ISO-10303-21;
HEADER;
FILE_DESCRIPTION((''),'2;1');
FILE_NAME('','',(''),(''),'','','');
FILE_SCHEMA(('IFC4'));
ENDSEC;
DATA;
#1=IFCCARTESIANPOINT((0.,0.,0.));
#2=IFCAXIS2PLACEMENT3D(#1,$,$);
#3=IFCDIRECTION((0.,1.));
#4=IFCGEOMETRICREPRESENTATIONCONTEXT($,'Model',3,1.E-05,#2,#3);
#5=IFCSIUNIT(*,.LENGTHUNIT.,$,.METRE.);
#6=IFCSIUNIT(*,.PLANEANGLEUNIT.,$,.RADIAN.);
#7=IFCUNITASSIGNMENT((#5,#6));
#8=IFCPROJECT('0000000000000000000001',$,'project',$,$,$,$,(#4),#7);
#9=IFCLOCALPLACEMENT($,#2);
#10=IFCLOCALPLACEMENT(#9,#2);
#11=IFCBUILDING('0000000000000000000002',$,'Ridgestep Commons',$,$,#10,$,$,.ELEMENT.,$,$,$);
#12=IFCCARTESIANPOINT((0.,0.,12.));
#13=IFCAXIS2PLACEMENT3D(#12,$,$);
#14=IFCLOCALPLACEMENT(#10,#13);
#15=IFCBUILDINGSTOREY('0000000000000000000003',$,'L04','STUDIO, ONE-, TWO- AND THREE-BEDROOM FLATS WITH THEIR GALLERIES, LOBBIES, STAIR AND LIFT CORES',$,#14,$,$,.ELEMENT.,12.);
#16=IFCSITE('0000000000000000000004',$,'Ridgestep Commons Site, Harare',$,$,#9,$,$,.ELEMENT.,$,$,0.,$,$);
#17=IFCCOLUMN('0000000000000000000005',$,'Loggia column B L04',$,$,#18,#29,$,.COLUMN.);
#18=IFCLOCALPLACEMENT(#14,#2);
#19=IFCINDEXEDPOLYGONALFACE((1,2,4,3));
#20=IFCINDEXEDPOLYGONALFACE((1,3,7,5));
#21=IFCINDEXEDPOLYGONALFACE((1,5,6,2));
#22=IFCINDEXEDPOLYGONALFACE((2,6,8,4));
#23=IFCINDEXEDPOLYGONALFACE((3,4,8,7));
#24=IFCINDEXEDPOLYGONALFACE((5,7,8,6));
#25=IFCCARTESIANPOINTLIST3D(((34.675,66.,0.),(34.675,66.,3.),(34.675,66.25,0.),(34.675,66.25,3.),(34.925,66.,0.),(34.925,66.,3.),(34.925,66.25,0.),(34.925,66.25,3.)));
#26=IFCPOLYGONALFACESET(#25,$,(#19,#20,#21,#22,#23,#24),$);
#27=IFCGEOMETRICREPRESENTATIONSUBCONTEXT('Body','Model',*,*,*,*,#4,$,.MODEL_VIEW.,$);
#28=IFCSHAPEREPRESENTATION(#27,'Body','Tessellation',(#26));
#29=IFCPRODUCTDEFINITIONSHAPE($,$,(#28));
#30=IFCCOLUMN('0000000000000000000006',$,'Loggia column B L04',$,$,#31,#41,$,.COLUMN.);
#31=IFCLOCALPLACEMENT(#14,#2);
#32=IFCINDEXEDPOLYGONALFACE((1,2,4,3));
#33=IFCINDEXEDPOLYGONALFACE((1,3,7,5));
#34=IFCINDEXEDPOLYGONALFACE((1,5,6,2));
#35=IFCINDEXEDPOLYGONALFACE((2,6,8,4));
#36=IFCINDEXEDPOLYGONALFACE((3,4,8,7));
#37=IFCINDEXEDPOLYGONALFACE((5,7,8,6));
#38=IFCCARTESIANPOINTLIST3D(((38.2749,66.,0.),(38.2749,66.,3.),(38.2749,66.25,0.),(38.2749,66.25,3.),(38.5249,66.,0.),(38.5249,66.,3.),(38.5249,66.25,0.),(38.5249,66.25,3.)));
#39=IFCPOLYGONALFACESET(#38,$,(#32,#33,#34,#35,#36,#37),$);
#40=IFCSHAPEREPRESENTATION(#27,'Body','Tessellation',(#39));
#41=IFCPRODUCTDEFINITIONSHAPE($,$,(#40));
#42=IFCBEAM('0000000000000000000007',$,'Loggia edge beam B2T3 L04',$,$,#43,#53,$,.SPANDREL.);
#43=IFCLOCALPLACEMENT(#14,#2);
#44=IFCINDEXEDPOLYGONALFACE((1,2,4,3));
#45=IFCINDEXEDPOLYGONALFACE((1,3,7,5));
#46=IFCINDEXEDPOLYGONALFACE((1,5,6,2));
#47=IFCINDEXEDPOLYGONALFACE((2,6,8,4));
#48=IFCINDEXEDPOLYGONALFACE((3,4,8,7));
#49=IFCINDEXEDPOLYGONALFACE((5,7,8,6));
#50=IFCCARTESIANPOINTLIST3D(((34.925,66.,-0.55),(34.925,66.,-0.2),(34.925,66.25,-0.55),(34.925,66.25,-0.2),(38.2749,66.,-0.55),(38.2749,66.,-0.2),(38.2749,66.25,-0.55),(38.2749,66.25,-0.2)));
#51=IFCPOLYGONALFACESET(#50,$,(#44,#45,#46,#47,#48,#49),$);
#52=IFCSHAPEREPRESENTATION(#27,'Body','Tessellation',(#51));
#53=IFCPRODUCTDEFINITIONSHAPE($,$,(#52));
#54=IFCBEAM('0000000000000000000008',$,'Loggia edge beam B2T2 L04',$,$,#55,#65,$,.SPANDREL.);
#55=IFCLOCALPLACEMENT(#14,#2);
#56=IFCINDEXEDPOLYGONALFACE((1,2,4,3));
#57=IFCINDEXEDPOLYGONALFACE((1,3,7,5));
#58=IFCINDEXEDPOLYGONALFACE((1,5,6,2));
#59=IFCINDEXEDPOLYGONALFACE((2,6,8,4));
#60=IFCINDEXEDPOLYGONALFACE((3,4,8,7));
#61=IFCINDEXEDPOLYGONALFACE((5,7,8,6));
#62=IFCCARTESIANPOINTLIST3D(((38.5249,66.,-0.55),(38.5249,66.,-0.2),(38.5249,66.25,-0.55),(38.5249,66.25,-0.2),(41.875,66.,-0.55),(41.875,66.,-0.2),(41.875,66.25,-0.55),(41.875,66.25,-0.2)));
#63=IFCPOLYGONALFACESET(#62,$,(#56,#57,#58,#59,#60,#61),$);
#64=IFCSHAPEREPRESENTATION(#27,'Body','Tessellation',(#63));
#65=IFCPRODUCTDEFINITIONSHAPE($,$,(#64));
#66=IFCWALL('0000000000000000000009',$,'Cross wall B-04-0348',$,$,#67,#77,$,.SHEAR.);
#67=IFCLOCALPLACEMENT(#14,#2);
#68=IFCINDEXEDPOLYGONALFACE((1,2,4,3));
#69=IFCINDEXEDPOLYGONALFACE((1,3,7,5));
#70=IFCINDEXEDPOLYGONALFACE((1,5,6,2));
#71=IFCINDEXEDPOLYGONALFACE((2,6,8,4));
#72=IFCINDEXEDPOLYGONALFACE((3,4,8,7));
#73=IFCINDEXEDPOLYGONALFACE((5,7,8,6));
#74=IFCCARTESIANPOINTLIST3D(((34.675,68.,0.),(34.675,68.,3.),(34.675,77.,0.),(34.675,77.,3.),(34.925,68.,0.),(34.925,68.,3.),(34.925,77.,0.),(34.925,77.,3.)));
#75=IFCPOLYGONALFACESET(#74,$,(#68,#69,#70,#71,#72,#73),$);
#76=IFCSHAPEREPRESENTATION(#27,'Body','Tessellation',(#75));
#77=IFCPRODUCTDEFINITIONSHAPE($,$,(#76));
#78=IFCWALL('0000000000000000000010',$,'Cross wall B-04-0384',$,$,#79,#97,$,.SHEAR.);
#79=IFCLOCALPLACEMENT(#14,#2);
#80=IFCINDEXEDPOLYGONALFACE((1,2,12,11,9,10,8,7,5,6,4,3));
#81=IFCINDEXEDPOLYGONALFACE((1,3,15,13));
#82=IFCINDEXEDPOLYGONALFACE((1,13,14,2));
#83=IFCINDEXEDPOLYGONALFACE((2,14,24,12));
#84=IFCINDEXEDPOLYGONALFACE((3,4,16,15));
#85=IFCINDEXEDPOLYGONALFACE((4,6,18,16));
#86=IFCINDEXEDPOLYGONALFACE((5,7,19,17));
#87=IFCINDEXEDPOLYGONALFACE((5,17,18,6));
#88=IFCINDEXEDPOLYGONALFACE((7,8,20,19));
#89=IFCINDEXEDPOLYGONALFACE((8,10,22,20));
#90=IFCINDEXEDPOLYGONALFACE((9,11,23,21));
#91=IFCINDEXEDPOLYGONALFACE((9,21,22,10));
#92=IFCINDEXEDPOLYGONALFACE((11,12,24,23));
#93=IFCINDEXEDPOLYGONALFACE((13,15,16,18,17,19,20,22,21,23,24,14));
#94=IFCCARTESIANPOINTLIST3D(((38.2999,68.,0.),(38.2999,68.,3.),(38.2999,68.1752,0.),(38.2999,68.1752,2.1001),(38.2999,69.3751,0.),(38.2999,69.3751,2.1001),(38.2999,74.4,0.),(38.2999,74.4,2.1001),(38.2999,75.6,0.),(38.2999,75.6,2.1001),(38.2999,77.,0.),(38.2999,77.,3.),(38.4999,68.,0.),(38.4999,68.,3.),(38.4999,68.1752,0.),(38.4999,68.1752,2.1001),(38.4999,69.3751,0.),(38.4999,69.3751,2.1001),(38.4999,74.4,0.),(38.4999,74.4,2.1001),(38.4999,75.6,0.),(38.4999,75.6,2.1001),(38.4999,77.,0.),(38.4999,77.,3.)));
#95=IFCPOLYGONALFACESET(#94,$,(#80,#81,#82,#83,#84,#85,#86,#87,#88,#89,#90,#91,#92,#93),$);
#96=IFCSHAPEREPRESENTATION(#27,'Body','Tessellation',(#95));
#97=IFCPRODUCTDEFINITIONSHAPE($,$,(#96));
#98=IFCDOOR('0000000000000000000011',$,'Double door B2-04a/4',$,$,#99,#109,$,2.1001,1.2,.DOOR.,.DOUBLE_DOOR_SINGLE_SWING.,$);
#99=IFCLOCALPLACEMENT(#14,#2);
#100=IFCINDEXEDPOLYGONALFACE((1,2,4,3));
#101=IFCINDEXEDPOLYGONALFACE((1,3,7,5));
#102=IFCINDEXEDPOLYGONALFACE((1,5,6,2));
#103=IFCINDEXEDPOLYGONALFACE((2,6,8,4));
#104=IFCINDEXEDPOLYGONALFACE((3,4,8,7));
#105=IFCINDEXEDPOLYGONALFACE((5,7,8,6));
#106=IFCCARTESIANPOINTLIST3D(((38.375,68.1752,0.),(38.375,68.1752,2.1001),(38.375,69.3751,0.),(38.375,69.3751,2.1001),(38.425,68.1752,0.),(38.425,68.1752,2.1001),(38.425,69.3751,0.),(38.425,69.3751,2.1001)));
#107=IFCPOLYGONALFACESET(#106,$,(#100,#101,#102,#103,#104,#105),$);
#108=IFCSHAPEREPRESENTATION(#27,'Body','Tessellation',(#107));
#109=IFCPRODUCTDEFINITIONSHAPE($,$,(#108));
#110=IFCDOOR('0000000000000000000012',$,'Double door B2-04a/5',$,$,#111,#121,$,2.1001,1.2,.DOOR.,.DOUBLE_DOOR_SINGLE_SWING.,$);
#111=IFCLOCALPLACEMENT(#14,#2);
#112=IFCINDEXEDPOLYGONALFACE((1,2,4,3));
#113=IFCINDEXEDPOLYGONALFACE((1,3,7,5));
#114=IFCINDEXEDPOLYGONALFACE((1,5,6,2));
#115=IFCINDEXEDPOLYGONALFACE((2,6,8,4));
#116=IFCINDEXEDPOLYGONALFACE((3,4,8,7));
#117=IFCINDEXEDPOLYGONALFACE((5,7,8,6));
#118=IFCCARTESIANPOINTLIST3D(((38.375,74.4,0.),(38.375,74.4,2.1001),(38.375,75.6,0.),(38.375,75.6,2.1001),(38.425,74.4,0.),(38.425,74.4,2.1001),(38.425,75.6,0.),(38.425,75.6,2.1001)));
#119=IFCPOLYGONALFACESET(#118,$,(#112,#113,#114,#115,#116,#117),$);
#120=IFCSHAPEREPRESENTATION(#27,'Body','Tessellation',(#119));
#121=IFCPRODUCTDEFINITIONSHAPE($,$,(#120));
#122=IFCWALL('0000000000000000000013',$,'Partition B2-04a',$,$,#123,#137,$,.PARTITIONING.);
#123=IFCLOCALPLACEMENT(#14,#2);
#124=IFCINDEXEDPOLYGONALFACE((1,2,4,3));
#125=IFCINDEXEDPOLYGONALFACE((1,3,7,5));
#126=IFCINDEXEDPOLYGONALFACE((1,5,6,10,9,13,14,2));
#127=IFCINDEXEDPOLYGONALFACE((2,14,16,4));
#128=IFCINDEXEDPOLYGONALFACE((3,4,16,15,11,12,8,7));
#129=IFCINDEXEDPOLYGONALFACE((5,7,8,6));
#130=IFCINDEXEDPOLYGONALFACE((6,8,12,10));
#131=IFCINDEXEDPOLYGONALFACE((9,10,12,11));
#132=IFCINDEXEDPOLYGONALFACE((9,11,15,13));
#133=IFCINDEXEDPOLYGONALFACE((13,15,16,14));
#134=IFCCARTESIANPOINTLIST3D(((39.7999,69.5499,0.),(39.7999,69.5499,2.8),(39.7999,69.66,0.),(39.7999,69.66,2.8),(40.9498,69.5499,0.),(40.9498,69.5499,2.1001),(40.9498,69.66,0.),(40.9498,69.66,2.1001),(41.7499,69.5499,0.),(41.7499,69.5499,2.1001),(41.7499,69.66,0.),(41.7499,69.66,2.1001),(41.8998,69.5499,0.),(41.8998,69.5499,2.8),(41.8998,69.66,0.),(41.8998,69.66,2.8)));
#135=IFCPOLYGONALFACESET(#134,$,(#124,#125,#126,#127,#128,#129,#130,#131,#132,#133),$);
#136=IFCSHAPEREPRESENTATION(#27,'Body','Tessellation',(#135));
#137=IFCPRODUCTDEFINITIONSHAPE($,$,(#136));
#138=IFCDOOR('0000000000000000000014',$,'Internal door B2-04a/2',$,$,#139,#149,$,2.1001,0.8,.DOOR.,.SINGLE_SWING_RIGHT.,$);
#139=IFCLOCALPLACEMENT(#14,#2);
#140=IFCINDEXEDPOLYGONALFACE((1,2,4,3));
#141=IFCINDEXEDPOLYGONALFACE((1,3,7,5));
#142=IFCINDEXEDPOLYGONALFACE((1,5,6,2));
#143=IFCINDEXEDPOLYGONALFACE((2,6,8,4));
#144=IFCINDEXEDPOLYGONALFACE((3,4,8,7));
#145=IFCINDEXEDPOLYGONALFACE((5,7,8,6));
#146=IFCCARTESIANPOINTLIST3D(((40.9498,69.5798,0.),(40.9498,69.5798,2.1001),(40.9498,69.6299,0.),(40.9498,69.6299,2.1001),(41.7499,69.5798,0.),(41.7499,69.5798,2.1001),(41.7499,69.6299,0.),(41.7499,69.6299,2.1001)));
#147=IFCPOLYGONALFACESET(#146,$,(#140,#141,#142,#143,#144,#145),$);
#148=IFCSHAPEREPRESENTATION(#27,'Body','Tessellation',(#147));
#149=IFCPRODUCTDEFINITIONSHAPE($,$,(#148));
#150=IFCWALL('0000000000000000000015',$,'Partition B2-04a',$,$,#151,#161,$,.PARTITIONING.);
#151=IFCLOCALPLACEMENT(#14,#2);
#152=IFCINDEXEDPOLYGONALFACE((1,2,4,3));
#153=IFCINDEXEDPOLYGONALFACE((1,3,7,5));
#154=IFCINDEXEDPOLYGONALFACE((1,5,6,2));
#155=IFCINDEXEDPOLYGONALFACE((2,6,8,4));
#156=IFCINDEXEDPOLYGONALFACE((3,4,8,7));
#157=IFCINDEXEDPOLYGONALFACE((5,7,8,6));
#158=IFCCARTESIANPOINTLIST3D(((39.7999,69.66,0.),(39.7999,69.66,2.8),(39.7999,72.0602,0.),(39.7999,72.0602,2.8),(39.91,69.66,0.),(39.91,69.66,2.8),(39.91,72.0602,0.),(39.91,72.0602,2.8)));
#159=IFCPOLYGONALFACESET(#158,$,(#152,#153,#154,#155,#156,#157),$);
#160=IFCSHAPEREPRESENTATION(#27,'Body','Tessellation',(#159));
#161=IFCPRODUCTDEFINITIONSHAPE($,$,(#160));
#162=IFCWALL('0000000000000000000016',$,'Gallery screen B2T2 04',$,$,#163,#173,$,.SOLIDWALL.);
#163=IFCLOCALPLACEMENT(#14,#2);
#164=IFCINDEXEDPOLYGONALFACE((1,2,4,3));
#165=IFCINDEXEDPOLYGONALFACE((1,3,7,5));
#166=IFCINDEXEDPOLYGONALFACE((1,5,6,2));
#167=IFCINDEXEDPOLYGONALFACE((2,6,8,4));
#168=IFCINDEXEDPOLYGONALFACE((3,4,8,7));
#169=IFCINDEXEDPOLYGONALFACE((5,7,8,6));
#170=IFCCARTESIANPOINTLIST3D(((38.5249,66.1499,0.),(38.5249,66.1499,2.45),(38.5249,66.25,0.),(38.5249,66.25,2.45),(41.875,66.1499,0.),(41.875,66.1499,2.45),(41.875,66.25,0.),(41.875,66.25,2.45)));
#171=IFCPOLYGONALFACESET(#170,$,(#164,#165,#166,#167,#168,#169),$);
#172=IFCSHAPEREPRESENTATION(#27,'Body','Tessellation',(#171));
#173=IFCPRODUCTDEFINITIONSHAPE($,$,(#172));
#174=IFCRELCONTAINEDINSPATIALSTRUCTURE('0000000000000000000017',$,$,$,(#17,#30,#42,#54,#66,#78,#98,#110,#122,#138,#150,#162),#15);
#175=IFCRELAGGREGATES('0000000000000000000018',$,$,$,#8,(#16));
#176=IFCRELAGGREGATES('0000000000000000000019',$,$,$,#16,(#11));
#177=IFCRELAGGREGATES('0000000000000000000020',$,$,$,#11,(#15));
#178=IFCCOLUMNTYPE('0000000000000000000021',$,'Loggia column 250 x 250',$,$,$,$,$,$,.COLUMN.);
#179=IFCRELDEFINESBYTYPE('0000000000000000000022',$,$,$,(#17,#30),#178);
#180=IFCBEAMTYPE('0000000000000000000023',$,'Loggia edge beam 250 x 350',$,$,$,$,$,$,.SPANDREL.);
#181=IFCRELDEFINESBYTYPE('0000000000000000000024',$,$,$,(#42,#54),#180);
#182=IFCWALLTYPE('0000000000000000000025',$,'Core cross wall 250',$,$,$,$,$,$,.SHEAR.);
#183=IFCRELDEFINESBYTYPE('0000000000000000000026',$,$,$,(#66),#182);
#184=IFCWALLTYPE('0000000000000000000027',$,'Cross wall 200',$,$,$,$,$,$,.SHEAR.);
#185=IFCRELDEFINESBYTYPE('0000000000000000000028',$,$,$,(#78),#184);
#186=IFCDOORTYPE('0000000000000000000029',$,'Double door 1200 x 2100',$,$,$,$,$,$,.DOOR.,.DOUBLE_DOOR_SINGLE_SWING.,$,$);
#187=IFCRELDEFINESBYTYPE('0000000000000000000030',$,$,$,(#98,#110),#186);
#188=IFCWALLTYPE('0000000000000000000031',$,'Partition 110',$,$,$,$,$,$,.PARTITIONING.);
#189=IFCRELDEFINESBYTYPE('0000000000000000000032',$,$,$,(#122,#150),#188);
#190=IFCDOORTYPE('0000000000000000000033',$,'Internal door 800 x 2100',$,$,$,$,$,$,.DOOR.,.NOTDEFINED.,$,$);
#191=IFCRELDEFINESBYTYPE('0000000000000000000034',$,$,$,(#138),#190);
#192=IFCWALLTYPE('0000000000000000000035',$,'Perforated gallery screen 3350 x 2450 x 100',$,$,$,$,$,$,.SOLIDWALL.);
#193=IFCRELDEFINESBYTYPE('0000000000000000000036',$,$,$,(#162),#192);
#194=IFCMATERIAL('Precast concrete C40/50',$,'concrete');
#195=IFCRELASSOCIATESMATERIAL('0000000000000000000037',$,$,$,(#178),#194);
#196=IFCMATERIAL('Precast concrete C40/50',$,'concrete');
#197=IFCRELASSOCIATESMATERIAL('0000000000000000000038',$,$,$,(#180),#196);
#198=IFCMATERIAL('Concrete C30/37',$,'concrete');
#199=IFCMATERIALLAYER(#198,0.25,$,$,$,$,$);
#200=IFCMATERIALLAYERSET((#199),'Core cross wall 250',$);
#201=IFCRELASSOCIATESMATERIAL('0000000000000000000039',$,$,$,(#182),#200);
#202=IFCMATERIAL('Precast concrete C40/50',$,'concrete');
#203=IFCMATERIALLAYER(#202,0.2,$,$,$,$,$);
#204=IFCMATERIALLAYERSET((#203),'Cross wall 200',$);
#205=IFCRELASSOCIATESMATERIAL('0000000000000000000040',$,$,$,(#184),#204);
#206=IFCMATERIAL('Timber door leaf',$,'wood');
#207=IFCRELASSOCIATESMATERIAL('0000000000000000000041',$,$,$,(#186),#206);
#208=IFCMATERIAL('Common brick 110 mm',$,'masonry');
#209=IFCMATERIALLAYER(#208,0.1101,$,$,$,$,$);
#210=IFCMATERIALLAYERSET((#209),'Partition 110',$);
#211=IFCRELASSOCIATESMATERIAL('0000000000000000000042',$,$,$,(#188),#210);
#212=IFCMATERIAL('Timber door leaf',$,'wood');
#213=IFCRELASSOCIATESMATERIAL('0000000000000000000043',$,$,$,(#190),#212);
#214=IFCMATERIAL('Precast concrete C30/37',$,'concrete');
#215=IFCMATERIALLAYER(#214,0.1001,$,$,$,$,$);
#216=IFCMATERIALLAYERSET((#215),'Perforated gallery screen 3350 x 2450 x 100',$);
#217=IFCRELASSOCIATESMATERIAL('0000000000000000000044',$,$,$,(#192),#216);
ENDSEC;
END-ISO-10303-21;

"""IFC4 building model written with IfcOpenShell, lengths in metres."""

from ifc_helpers import new_model, si_unit, direction, frame, frame_2d, origin, origin_2d, place, context, subcontext, project, spatial, rectangle, extrude, material, layer, layer_set, material_profile, profile_set, type_object, element, fill, save


model = new_model("IFC4")

# Units and contexts
model_context = context("Model", 3, precision=1e-05, world=origin(), true_north=direction((0.0, 1.0)))
body_context = subcontext(model_context, "Body", "Model", "MODEL_VIEW")
ifc_project = project(units=[si_unit("LENGTHUNIT", "METRE"), si_unit("PLANEANGLEUNIT", "RADIAN")], contexts=[model_context])

# Site, building, storey
site_placement = place(None, origin())
site = spatial("IfcSite", under=ifc_project, at=site_placement, Name="Ridgestep Commons Site, Harare", CompositionType="ELEMENT", RefElevation=0.0)
building_placement = place(site_placement, origin())
building = spatial("IfcBuilding", under=site, at=building_placement, Name="Ridgestep Commons", CompositionType="ELEMENT")
storey_placement = place(building_placement, frame((0.0, 0.0, 12.0)))
storey = spatial("IfcBuildingStorey", under=building, at=storey_placement, Name="L04", Description="STUDIO, ONE-, TWO- AND THREE-BEDROOM FLATS WITH THEIR GALLERIES, LOBBIES, STAIR AND LIFT CORES", CompositionType="ELEMENT", Elevation=12.0)

# Columns
ifc_material_1 = material(Name="Precast concrete C40/50", Category="concrete")
ifc_material_profile_1 = material_profile(ifc_material_1, rectangle(XDim=0.25, YDim=0.25, at=origin_2d()), Name="PC 250x250")
ifc_profile_set_1 = profile_set([ifc_material_profile_1], Name="Precast concrete C40/50")
column_type = type_object("IfcColumnType", Name="Loggia column 250 x 250", PredefinedType="COLUMN", material=ifc_profile_set_1)
for number, where, z_axis, x_axis, name in (
    (1, (34.8, 66.125, 0.0), (0.0, 0.0, 1.0), (1.0, 0.0, 0.0), "Loggia column B L04"),
    (2, (38.3999, 66.125, 0.0), (0.0, 0.0, 1.0), (1.0, 0.0, 0.0), "Loggia column B L04"),
):
    element("IfcColumn", number, at=place(storey_placement, frame(where, z_axis=z_axis, x_axis=x_axis)), inside=storey, type_object=column_type, Name=name, PredefinedType="COLUMN", context=body_context, shape_type="SweptSolid", body=[
        extrude(rectangle(XDim=0.25, YDim=0.25, at=origin_2d()), origin(), (0.0, 0.0, 1.0), 3.0),
    ])

# Beams
ifc_material_2 = material(Name="Precast concrete C40/50", Category="concrete")
ifc_material_profile_2 = material_profile(ifc_material_2, rectangle(XDim=0.25, YDim=0.3501, at=origin_2d()), Name="PC 250x350")
ifc_profile_set_2 = profile_set([ifc_material_profile_2], Name="Precast concrete C40/50")
beam_type = type_object("IfcBeamType", Name="Loggia edge beam 250 x 350", PredefinedType="SPANDREL", material=ifc_profile_set_2)
beam_1_placement = place(storey_placement, frame((34.925, 66.125, -0.375), z_axis=(1.0, 0.0, 0.0), x_axis=(0.0, 1.0, 0.0)))
element("IfcBeam", 3, at=beam_1_placement, inside=storey, type_object=beam_type, Name="Loggia edge beam B2T3 L04", PredefinedType="SPANDREL", context=body_context, shape_type="SweptSolid", body=[
    extrude(rectangle(XDim=0.25, YDim=0.3501, at=origin_2d()), origin(), (0.0, 0.0, 1.0), 3.3499),
])
beam_2_placement = place(storey_placement, frame((38.5249, 66.125, -0.375), z_axis=(1.0, 0.0, 0.0), x_axis=(0.0, 1.0, 0.0)))
element("IfcBeam", 4, at=beam_2_placement, inside=storey, type_object=beam_type, Name="Loggia edge beam B2T2 L04", PredefinedType="SPANDREL", context=body_context, shape_type="SweptSolid", body=[
    extrude(rectangle(XDim=0.25, YDim=0.3501, at=origin_2d()), origin(), (0.0, 0.0, 1.0), 3.3501),
])

# Wall
ifc_material_3 = material(Name="Concrete C30/37", Category="concrete")
ifc_layer_1 = layer(ifc_material_3, 0.25)
ifc_layer_set_1 = layer_set([ifc_layer_1], Name="Core cross wall 250")
wall_type_1 = type_object("IfcWallType", Name="Core cross wall 250", PredefinedType="SHEAR", material=ifc_layer_set_1)
wall_1_placement = place(storey_placement, frame((34.8, 68.0, 0.0), z_axis=(0.0, 0.0, 1.0), x_axis=(0.0, 1.0, 0.0)))
element("IfcWall", 5, at=wall_1_placement, inside=storey, type_object=wall_type_1, Name="Cross wall B-04-0348", PredefinedType="SHEAR", context=body_context, shape_type="SweptSolid", body=[
    extrude(rectangle(XDim=9.0, YDim=0.25, at=frame_2d((4.5, 0.0))), origin(), (0.0, 0.0, 1.0), 3.0),
])

# Wall, openings, doors
ifc_material_4 = material(Name="Precast concrete C40/50", Category="concrete")
ifc_layer_2 = layer(ifc_material_4, 0.2)
ifc_layer_set_2 = layer_set([ifc_layer_2], Name="Cross wall 200")
wall_type_2 = type_object("IfcWallType", Name="Cross wall 200", PredefinedType="SHEAR", material=ifc_layer_set_2)
wall_2_placement = place(storey_placement, frame((38.3999, 68.0, 0.0), z_axis=(0.0, 0.0, 1.0), x_axis=(0.0, 1.0, 0.0)))
wall_2 = element("IfcWall", 6, at=wall_2_placement, inside=storey, type_object=wall_type_2, Name="Cross wall B-04-0384", PredefinedType="SHEAR", context=body_context, shape_type="SweptSolid", body=[
    extrude(rectangle(XDim=9.0, YDim=0.2, at=frame_2d((4.5, 0.0))), origin(), (0.0, 0.0, 1.0), 3.0),
])
opening_1_placement = place(wall_2_placement, frame((0.175, 0.0, 0.0)))
opening_1 = element("IfcOpeningElement", 7, at=opening_1_placement, cuts=wall_2, PredefinedType="OPENING", context=body_context, shape_type="SweptSolid", body=[
    extrude(rectangle(XDim=1.2, YDim=2.1001, at=frame_2d((0.6001, 1.05))), frame((0.0, 0.1099, 0.0), z_axis=(0.0, -1.0, 0.0), x_axis=(1.0, 0.0, 0.0)), (0.0, 0.0, 1.0), 0.22),
])
opening_2_placement = place(wall_2_placement, frame((6.3999, 0.0, 0.0)))
opening_2 = element("IfcOpeningElement", 8, at=opening_2_placement, cuts=wall_2, PredefinedType="OPENING", context=body_context, shape_type="SweptSolid", body=[
    extrude(rectangle(XDim=1.2, YDim=2.1001, at=frame_2d((0.6001, 1.05))), frame((0.0, 0.1099, 0.0), z_axis=(0.0, -1.0, 0.0), x_axis=(1.0, 0.0, 0.0)), (0.0, 0.0, 1.0), 0.22),
])
ifc_material_5 = material(Name="Timber door leaf", Category="wood")
door_type_1 = type_object("IfcDoorType", Name="Double door 1200 x 2100", OperationType="DOUBLE_DOOR_SINGLE_SWING", PredefinedType="DOOR", material=ifc_material_5)
door_1_placement = place(opening_1_placement, origin())
door_1 = element("IfcDoor", 9, at=door_1_placement, inside=storey, type_object=door_type_1, Name="Double door B2-04a/4", OperationType="DOUBLE_DOOR_SINGLE_SWING", OverallHeight=2.1001, OverallWidth=1.2, PredefinedType="DOOR", context=body_context, shape_type="SweptSolid", body=[
    extrude(rectangle(XDim=1.2, YDim=2.1001, at=frame_2d((0.6001, 1.05))), frame((0.0, 0.0249, 0.0), z_axis=(0.0, -1.0, 0.0), x_axis=(1.0, 0.0, 0.0)), (0.0, 0.0, 1.0), 0.05),
])
fill(opening_1, door_1)
door_2_placement = place(opening_2_placement, origin())
door_2 = element("IfcDoor", 10, at=door_2_placement, inside=storey, type_object=door_type_1, Name="Double door B2-04a/5", OperationType="DOUBLE_DOOR_SINGLE_SWING", OverallHeight=2.1001, OverallWidth=1.2, PredefinedType="DOOR", context=body_context, shape_type="SweptSolid", body=[
    extrude(rectangle(XDim=1.2, YDim=2.1001, at=frame_2d((0.6001, 1.05))), frame((0.0, 0.0249, 0.0), z_axis=(0.0, -1.0, 0.0), x_axis=(1.0, 0.0, 0.0)), (0.0, 0.0, 1.0), 0.05),
])
fill(opening_2, door_2)

# Wall, opening, door
ifc_material_6 = material(Name="Common brick 110 mm", Category="masonry")
ifc_layer_3 = layer(ifc_material_6, 0.1101)
ifc_layer_set_3 = layer_set([ifc_layer_3], Name="Partition 110")
wall_type_3 = type_object("IfcWallType", Name="Partition 110", PredefinedType="PARTITIONING", material=ifc_layer_set_3)
wall_3_placement = place(storey_placement, frame((39.8, 69.605, 0.0), z_axis=(0.0, 0.0, 1.0), x_axis=(1.0, 0.0, 0.0)))
wall_3 = element("IfcWall", 11, at=wall_3_placement, inside=storey, type_object=wall_type_3, Name="Partition B2-04a", PredefinedType="PARTITIONING", context=body_context, shape_type="SweptSolid", body=[
    extrude(rectangle(XDim=2.0999, YDim=0.1101, at=frame_2d((1.0498, 0.0))), origin(), (0.0, 0.0, 1.0), 2.8),
])
opening_3_placement = place(wall_3_placement, frame((1.1499, 0.0, 0.0)))
opening_3 = element("IfcOpeningElement", 12, at=opening_3_placement, cuts=wall_3, PredefinedType="OPENING", context=body_context, shape_type="SweptSolid", body=[
    extrude(rectangle(XDim=0.8, YDim=2.1001, at=frame_2d((0.3999, 1.05))), frame((0.0, 0.0649, 0.0), z_axis=(0.0, -1.0, 0.0), x_axis=(1.0, 0.0, 0.0)), (0.0, 0.0, 1.0), 0.1301),
])
ifc_material_7 = material(Name="Timber door leaf", Category="wood")
door_type_2 = type_object("IfcDoorType", Name="Internal door 800 x 2100", OperationType="NOTDEFINED", PredefinedType="DOOR", material=ifc_material_7)
door_3_placement = place(opening_3_placement, origin())
door_3 = element("IfcDoor", 13, at=door_3_placement, inside=storey, type_object=door_type_2, Name="Internal door B2-04a/2", OperationType="SINGLE_SWING_RIGHT", OverallHeight=2.1001, OverallWidth=0.8, PredefinedType="DOOR", context=body_context, shape_type="SweptSolid", body=[
    extrude(rectangle(XDim=0.8, YDim=2.1001, at=frame_2d((0.3999, 1.05))), frame((0.0, 0.0249, 0.0), z_axis=(0.0, -1.0, 0.0), x_axis=(1.0, 0.0, 0.0)), (0.0, 0.0, 1.0), 0.05),
])
fill(opening_3, door_3)

# Walls
wall_4_placement = place(storey_placement, frame((39.855, 69.6599, 0.0), z_axis=(0.0, 0.0, 1.0), x_axis=(0.0, 1.0, 0.0)))
element("IfcWall", 14, at=wall_4_placement, inside=storey, type_object=wall_type_3, Name="Partition B2-04a", PredefinedType="PARTITIONING", context=body_context, shape_type="SweptSolid", body=[
    extrude(rectangle(XDim=2.4001, YDim=0.1101, at=frame_2d((1.2002, 0.0))), origin(), (0.0, 0.0, 1.0), 2.8),
])
ifc_material_8 = material(Name="Precast concrete C30/37", Category="concrete")
ifc_layer_4 = layer(ifc_material_8, 0.1001)
ifc_layer_set_4 = layer_set([ifc_layer_4], Name="Perforated gallery screen 3350 x 2450 x 100")
wall_type_4 = type_object("IfcWallType", Name="Perforated gallery screen 3350 x 2450 x 100", PredefinedType="SOLIDWALL", material=ifc_layer_set_4)
wall_5_placement = place(storey_placement, frame((38.5249, 66.2, 0.0), z_axis=(0.0, 0.0, 1.0), x_axis=(1.0, 0.0, 0.0)))
element("IfcWall", 15, at=wall_5_placement, inside=storey, type_object=wall_type_4, Name="Gallery screen B2T2 04", PredefinedType="SOLIDWALL", context=body_context, shape_type="SweptSolid", body=[
    extrude(rectangle(XDim=3.3501, YDim=0.1001, at=frame_2d((1.675, 0.0))), origin(), (0.0, 0.0, 1.0), 2.45),
])

save(model, "model.ifc")
